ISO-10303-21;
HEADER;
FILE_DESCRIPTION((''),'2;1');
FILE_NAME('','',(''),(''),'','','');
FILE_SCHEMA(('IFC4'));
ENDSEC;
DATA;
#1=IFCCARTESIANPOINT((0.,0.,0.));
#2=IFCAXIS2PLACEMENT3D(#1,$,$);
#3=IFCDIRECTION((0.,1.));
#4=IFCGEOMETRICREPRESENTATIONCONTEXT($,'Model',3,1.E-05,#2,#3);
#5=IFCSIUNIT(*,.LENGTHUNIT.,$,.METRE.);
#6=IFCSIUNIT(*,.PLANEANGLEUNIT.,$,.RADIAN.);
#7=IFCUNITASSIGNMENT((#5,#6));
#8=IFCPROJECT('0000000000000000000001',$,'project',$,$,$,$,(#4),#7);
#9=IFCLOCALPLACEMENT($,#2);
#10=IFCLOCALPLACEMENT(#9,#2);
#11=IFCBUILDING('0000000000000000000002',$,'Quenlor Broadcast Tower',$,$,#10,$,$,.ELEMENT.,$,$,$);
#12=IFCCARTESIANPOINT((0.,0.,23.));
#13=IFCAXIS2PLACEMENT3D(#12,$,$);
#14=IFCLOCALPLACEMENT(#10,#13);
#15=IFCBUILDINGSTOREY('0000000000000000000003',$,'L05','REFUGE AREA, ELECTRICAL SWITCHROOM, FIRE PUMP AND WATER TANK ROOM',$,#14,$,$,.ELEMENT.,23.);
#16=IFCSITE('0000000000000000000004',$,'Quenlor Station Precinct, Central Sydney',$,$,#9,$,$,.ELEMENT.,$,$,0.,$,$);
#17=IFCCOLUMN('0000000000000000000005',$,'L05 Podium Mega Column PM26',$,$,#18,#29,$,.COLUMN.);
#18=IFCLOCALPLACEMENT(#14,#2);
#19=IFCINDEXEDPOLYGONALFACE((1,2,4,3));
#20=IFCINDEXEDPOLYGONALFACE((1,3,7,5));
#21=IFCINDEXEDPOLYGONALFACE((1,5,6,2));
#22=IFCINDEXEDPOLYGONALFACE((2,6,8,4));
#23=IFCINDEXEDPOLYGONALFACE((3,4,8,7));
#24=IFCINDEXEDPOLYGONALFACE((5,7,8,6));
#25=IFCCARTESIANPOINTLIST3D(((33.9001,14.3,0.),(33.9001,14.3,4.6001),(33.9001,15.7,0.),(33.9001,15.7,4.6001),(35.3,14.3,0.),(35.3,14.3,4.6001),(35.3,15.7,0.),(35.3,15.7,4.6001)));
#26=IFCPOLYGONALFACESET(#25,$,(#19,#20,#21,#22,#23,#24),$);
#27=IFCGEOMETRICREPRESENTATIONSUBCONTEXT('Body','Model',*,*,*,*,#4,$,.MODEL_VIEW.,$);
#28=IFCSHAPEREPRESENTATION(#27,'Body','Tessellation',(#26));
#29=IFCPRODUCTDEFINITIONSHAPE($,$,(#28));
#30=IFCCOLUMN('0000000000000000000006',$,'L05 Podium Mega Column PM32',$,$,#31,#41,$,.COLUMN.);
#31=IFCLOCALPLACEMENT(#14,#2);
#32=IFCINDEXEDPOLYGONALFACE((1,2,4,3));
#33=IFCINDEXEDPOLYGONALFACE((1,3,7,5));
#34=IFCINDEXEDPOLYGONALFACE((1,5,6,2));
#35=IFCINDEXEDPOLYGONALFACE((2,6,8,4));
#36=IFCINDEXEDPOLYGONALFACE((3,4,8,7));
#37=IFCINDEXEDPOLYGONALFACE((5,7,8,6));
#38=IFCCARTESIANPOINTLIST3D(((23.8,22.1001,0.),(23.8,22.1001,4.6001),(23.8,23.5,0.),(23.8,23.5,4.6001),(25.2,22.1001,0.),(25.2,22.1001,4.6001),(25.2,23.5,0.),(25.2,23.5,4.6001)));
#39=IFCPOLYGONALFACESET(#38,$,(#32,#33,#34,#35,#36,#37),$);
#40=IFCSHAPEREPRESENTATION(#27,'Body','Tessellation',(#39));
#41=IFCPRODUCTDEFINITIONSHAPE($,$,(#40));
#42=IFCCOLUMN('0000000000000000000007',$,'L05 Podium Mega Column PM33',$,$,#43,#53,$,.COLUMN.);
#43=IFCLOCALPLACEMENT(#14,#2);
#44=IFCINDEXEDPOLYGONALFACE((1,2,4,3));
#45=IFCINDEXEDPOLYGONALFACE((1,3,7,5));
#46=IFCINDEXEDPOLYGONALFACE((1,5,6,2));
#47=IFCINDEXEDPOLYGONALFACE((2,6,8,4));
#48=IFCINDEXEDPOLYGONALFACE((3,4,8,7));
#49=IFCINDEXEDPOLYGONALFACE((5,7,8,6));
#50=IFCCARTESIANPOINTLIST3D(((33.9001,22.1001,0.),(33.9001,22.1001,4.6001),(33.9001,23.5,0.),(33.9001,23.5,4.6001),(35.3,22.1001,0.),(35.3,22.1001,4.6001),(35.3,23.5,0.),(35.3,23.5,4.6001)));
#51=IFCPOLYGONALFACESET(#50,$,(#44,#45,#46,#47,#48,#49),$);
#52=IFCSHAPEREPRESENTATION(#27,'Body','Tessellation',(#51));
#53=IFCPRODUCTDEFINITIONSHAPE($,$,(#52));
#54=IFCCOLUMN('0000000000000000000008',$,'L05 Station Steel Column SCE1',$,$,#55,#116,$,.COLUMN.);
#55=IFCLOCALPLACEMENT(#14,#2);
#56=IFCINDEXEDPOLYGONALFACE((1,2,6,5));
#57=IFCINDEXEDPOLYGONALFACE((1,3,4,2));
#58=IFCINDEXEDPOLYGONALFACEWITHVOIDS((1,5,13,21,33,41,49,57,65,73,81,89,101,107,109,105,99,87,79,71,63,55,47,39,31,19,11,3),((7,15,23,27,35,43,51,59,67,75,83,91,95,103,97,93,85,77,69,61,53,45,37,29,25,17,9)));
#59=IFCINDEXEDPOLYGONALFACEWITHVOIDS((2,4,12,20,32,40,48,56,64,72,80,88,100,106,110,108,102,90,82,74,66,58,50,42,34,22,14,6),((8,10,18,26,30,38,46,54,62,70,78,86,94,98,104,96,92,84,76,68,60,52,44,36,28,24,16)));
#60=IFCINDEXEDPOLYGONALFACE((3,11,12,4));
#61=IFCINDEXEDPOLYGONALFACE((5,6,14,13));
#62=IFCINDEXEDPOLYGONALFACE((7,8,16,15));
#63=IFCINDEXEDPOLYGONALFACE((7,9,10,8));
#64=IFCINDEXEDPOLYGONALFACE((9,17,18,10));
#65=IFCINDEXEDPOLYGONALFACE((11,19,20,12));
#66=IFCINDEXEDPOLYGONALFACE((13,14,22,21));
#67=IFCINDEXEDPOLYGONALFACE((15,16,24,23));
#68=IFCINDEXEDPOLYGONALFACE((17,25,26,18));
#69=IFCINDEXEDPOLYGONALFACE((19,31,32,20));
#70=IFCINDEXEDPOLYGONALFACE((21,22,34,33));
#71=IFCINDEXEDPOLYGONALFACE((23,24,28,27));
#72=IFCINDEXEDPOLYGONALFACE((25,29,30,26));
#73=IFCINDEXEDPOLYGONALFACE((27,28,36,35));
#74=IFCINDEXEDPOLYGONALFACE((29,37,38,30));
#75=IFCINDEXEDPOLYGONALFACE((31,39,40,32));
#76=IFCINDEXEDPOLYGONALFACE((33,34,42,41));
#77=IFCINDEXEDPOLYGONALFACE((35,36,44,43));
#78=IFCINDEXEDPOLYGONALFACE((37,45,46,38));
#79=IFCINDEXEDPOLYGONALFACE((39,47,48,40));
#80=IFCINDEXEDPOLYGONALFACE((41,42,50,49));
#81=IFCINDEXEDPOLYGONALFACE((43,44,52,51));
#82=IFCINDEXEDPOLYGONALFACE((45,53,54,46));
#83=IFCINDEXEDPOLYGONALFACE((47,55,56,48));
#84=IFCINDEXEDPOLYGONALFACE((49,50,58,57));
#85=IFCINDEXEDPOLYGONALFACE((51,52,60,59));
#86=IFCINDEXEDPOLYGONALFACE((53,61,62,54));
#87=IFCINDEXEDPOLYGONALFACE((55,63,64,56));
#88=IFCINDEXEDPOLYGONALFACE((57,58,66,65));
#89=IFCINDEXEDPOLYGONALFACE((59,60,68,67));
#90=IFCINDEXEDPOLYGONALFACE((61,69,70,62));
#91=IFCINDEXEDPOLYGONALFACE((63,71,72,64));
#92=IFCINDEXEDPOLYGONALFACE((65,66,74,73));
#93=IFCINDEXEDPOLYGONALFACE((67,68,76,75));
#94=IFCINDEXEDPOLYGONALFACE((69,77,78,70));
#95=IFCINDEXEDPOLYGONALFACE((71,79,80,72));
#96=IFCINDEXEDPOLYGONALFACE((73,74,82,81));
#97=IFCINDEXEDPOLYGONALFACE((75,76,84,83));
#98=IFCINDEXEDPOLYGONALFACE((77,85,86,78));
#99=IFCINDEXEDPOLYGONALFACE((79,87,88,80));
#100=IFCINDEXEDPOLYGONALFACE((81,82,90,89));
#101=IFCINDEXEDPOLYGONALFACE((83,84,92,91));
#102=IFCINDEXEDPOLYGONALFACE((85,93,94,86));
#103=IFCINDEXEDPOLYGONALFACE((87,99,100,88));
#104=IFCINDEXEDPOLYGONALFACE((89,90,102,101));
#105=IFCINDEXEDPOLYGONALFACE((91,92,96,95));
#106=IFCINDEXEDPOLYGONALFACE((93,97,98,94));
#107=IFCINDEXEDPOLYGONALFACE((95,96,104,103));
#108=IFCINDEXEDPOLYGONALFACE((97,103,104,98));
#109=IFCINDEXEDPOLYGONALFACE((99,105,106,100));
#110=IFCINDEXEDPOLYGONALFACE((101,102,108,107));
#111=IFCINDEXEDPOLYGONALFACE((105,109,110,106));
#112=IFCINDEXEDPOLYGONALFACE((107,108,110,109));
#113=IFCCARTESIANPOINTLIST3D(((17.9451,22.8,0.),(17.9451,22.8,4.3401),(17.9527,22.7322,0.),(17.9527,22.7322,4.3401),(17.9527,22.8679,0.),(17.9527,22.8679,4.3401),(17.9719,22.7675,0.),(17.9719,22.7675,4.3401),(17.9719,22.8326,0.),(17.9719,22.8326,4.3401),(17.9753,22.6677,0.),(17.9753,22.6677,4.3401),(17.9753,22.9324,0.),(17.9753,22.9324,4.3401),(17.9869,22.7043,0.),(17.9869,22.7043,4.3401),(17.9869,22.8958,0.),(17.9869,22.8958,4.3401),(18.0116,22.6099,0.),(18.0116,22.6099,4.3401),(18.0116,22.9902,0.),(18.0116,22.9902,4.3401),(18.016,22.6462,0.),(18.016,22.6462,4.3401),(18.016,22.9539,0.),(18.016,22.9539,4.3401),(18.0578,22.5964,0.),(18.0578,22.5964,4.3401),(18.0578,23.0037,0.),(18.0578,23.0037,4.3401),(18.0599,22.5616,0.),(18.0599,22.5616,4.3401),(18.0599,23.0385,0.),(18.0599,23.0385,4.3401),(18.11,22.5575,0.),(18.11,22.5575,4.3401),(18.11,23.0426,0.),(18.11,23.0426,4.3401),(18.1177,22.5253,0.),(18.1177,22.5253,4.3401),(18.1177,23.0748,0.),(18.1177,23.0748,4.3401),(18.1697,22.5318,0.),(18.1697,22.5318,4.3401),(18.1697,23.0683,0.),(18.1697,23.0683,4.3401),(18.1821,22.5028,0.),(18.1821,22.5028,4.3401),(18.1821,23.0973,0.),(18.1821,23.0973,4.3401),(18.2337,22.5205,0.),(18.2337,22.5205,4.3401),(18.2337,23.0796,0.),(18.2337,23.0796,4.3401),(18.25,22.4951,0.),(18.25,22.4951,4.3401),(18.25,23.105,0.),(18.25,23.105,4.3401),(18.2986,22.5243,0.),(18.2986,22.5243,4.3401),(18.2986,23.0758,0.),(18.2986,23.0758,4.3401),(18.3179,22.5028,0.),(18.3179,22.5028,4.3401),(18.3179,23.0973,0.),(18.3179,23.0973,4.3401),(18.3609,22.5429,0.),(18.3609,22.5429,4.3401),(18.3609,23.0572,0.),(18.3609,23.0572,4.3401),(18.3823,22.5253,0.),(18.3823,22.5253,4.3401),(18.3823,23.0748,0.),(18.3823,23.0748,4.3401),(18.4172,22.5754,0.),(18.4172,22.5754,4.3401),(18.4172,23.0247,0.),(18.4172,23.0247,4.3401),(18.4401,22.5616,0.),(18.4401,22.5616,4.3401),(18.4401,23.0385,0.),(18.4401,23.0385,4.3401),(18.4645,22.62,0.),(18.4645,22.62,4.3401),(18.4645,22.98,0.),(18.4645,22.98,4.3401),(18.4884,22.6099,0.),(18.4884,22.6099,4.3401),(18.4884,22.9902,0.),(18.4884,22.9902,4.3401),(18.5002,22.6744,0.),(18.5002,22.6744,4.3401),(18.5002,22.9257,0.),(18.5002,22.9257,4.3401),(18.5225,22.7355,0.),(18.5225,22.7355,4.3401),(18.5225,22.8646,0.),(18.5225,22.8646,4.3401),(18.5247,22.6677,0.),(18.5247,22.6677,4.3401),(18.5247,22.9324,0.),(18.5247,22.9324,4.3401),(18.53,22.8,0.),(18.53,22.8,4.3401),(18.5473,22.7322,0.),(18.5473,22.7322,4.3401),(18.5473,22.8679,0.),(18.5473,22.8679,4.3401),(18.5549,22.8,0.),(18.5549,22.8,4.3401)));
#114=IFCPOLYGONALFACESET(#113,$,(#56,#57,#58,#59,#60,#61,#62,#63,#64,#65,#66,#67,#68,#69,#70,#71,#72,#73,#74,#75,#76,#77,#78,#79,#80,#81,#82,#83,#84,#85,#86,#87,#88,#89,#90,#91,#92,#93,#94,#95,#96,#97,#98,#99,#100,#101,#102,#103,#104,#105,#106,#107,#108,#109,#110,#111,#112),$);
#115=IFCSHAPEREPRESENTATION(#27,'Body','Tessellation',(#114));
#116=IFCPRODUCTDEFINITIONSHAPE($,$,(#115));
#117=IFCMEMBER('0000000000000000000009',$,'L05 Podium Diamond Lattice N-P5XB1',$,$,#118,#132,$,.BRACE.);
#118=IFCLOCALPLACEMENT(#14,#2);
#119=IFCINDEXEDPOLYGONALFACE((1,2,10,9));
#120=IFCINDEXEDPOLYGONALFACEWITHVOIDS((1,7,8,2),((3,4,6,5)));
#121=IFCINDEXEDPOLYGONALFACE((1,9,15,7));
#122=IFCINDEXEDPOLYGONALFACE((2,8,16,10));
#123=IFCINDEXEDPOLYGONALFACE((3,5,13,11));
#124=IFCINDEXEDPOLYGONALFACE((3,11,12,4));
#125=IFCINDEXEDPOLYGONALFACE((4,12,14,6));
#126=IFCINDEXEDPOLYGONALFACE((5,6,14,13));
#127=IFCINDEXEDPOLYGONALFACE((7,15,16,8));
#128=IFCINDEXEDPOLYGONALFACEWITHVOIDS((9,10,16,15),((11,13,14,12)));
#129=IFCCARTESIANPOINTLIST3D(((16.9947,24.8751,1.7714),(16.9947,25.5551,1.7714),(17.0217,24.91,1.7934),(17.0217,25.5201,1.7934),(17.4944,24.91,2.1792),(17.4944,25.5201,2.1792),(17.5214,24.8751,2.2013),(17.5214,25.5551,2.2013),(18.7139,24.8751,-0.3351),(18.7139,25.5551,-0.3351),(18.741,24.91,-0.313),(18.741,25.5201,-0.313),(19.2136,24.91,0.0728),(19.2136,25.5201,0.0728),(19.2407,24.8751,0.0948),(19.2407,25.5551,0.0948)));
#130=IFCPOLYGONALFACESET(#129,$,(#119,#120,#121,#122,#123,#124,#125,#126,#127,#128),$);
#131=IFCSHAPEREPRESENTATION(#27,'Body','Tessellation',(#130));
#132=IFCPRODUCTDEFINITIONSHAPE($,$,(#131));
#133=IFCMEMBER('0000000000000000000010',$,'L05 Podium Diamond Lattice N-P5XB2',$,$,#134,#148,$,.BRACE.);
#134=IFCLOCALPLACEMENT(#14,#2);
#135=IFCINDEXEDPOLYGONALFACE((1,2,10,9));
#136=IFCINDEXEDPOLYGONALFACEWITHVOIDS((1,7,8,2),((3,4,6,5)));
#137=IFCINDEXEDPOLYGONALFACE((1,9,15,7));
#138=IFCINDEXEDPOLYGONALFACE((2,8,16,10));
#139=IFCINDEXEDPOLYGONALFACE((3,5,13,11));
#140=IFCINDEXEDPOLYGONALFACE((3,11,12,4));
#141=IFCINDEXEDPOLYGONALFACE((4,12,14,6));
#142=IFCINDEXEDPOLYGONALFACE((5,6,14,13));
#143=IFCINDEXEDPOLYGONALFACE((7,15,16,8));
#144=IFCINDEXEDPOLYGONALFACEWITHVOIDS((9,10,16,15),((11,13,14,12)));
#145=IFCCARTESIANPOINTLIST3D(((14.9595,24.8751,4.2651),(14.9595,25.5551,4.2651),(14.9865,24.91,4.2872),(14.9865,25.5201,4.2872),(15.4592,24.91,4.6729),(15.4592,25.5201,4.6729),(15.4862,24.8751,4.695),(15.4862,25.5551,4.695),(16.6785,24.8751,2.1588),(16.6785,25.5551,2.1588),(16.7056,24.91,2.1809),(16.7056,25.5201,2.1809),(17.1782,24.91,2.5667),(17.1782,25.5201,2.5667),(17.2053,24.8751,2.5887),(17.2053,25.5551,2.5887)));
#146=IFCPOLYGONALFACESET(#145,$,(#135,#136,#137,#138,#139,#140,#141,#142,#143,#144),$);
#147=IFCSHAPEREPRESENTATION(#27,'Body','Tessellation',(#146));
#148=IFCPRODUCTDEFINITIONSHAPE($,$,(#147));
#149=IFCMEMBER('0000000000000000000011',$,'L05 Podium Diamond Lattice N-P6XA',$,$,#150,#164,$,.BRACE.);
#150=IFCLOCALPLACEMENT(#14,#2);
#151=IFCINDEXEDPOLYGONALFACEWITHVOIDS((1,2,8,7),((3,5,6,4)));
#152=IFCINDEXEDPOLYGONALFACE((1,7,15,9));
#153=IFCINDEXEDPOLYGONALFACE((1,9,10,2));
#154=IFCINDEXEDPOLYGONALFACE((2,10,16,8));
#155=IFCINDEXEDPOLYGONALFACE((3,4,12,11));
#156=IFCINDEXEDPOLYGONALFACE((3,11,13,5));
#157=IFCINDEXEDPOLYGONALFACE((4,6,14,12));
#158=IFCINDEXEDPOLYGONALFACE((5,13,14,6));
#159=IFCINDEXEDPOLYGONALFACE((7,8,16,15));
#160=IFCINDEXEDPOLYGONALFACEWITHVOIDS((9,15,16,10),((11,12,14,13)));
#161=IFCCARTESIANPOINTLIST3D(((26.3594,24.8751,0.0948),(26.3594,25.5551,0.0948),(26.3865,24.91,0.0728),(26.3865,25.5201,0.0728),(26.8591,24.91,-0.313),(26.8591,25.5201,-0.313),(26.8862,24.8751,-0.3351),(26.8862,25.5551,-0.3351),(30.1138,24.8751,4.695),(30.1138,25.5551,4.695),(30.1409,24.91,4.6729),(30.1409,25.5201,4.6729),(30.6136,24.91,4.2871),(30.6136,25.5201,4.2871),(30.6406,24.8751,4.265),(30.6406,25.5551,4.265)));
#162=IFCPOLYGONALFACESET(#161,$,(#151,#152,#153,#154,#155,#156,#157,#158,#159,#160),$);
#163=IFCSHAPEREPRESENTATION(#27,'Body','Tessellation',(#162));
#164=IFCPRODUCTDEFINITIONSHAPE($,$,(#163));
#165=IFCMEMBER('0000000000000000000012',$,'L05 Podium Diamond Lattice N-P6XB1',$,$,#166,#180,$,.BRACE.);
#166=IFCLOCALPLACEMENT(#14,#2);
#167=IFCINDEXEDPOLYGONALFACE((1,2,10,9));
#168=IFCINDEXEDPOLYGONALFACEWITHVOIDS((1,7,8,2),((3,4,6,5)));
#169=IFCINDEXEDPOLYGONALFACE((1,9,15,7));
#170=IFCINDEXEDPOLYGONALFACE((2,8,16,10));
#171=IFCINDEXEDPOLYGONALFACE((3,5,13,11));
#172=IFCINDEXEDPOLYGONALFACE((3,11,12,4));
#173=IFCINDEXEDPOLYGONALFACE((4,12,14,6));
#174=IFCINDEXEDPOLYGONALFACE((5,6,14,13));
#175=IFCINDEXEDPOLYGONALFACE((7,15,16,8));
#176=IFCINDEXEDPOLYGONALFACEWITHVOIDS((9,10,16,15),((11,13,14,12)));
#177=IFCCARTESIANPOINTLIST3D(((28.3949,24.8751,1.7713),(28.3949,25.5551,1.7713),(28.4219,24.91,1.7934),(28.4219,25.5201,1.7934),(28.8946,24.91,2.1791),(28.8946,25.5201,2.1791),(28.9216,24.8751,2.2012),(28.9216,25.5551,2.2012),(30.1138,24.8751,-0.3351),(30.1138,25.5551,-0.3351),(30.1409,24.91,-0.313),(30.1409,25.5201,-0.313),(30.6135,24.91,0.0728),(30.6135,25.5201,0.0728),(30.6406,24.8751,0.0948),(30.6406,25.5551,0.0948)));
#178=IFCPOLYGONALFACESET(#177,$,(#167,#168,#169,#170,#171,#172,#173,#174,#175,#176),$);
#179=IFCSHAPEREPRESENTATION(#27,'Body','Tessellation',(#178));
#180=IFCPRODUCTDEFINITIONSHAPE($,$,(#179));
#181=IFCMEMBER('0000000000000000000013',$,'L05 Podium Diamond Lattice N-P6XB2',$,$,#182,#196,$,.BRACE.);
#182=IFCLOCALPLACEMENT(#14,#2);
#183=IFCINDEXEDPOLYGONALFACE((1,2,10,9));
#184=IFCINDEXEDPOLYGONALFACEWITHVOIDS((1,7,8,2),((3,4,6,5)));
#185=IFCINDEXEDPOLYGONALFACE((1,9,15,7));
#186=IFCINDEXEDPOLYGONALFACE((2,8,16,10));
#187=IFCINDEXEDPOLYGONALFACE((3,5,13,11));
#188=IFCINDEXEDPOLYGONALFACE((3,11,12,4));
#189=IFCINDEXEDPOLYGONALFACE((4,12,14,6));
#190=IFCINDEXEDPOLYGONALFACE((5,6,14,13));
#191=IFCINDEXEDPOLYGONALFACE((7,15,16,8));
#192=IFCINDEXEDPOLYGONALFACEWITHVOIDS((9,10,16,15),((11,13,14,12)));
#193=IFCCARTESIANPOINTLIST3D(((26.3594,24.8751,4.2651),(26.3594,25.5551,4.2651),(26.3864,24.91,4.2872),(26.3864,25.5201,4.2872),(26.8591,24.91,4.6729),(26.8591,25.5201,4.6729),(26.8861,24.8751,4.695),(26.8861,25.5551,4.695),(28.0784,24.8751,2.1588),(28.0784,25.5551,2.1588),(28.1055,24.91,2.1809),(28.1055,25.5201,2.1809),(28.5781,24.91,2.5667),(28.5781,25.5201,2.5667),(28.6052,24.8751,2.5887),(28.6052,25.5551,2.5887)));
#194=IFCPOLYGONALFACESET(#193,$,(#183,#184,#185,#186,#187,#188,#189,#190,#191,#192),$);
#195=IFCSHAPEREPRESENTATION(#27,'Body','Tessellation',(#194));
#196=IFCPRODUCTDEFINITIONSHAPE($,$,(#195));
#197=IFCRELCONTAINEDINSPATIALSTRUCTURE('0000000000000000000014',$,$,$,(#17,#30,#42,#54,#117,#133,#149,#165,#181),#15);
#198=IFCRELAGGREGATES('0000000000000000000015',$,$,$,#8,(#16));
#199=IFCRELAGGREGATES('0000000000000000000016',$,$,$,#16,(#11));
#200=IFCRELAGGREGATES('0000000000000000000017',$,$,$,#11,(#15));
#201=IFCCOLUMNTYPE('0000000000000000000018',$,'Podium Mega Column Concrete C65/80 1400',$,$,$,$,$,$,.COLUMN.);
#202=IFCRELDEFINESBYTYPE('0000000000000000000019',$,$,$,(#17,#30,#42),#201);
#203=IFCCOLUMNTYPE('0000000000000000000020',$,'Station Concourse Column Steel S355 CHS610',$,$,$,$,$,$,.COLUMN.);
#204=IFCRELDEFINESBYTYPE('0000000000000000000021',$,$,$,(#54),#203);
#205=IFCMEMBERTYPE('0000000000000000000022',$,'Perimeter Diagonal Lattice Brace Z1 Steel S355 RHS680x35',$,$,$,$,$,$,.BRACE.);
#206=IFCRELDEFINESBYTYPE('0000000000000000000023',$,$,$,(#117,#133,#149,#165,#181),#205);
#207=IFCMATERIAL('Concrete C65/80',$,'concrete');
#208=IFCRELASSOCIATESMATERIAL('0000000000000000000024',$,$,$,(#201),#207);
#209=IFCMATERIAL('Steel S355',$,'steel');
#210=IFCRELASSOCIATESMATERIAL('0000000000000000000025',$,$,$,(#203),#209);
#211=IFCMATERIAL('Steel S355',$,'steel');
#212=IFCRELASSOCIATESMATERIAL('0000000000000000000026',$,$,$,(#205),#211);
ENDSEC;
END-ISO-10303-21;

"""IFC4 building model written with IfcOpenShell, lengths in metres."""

from ifc_helpers import new_model, si_unit, direction, frame, origin, origin_2d, place, context, subcontext, project, spatial, rectangle, hollow_rectangle, hollow_circle, extrude, material, material_profile, profile_set, type_object, element, save


model = new_model("IFC4")

# Units and contexts
model_context = context("Model", 3, precision=1e-05, world=origin(), true_north=direction((0.0, 1.0)))
body_context = subcontext(model_context, "Body", "Model", "MODEL_VIEW")
ifc_project = project(units=[si_unit("LENGTHUNIT", "METRE"), si_unit("PLANEANGLEUNIT", "RADIAN")], contexts=[model_context])

# Site, building, storey
site_placement = place(None, origin())
site = spatial("IfcSite", under=ifc_project, at=site_placement, Name="Quenlor Station Precinct, Central Sydney", CompositionType="ELEMENT", RefElevation=0.0)
building_placement = place(site_placement, origin())
building = spatial("IfcBuilding", under=site, at=building_placement, Name="Quenlor Broadcast Tower", CompositionType="ELEMENT")
storey_placement = place(building_placement, frame((0.0, 0.0, 23.0)))
storey = spatial("IfcBuildingStorey", under=building, at=storey_placement, Name="L05", Description="REFUGE AREA, ELECTRICAL SWITCHROOM, FIRE PUMP AND WATER TANK ROOM", CompositionType="ELEMENT", Elevation=23.0)

# Columns
ifc_material_1 = material(Name="Concrete C65/80", Category="concrete")
ifc_material_profile_1 = material_profile(ifc_material_1, rectangle(XDim=1.3999, YDim=1.3999, at=origin_2d()))
ifc_profile_set_1 = profile_set([ifc_material_profile_1], Name="Concrete C65/80 RC1400x1400")
column_type_1 = type_object("IfcColumnType", Name="Podium Mega Column Concrete C65/80 1400", PredefinedType="COLUMN", material=ifc_profile_set_1)
for number, where, z_axis, x_axis, name in (
    (1, (34.6001, 15.0, 0.0), (0.0, 0.0, 1.0), (1.0, 0.0, 0.0), "L05 Podium Mega Column PM26"),
    (2, (24.5, 22.8, 0.0), (0.0, 0.0, 1.0), (1.0, 0.0, 0.0), "L05 Podium Mega Column PM32"),
    (3, (34.6001, 22.8, 0.0), (0.0, 0.0, 1.0), (1.0, 0.0, 0.0), "L05 Podium Mega Column PM33"),
):
    element("IfcColumn", number, at=place(storey_placement, frame(where, z_axis=z_axis, x_axis=x_axis)), inside=storey, type_object=column_type_1, Name=name, PredefinedType="COLUMN", context=body_context, shape_type="SweptSolid", body=[
        extrude(rectangle(XDim=1.3999, YDim=1.3999, at=origin_2d()), origin(), (0.0, 0.0, 1.0), 4.6001),
    ])
ifc_material_2 = material(Name="Steel S355", Category="steel")
ifc_material_profile_2 = material_profile(ifc_material_2, hollow_circle(Radius=0.3049, WallThickness=0.0249, at=origin_2d()))
ifc_profile_set_2 = profile_set([ifc_material_profile_2], Name="Steel S355 CHS610x25")
column_type_2 = type_object("IfcColumnType", Name="Station Concourse Column Steel S355 CHS610", PredefinedType="COLUMN", material=ifc_profile_set_2)
column_placement = place(storey_placement, frame((18.25, 22.8, 0.0), z_axis=(0.0, 0.0, 1.0), x_axis=(1.0, 0.0, 0.0)))
element("IfcColumn", 4, at=column_placement, inside=storey, type_object=column_type_2, Name="L05 Station Steel Column SCE1", PredefinedType="COLUMN", context=body_context, shape_type="SweptSolid", body=[
    extrude(hollow_circle(Radius=0.3049, WallThickness=0.0249, at=origin_2d()), origin(), (0.0, 0.0, 1.0), 4.3401),
])

# Members
ifc_material_3 = material(Name="Steel S355", Category="steel")
ifc_material_profile_3 = material_profile(ifc_material_3, hollow_rectangle(XDim=0.6799, YDim=0.6799, WallThickness=0.0349, at=origin_2d()))
ifc_profile_set_3 = profile_set([ifc_material_profile_3], Name="Steel S355 RHS680x680x35")
member_type = type_object("IfcMemberType", Name="Perimeter Diagonal Lattice Brace Z1 Steel S355 RHS680x35", PredefinedType="BRACE", material=ifc_profile_set_3)
member_1_placement = place(storey_placement, frame((18.9773, 25.2151, -0.1201), z_axis=(-0.632308, 0.0, 0.774717), x_axis=(0.0, -1.0, 0.0)))
element("IfcMember", 5, at=member_1_placement, inside=storey, type_object=member_type, Name="L05 Podium Diamond Lattice N-P5XB1", PredefinedType="BRACE", context=body_context, shape_type="SweptSolid", body=[
    extrude(hollow_rectangle(XDim=0.6799, YDim=0.6799, WallThickness=0.0349, at=origin_2d()), origin(), (0.0, 0.0, 1.0), 2.719),
])
member_2_placement = place(storey_placement, frame((16.9419, 25.2151, 2.3738), z_axis=(-0.632298, 0.0, 0.774725), x_axis=(0.0, -1.0, 0.0)))
element("IfcMember", 6, at=member_2_placement, inside=storey, type_object=member_type, Name="L05 Podium Diamond Lattice N-P5XB2", PredefinedType="BRACE", context=body_context, shape_type="SweptSolid", body=[
    extrude(hollow_rectangle(XDim=0.6799, YDim=0.6799, WallThickness=0.0349, at=origin_2d()), origin(), (0.0, 0.0, 1.0), 2.7188),
])
member_3_placement = place(storey_placement, frame((26.6228, 25.2151, -0.1201), z_axis=(0.632297, 0.0, 0.774726), x_axis=(0.0, 1.0, 0.0)))
element("IfcMember", 7, at=member_3_placement, inside=storey, type_object=member_type, Name="L05 Podium Diamond Lattice N-P6XA", PredefinedType="BRACE", context=body_context, shape_type="SweptSolid", body=[
    extrude(hollow_rectangle(XDim=0.6799, YDim=0.6799, WallThickness=0.0349, at=origin_2d()), origin(), (0.0, 0.0, 1.0), 5.9377),
])
for number, where, z_axis, x_axis, name in (
    (8, (30.3772, 25.2151, -0.1201), (-0.632254, 0.0, 0.774761), (0.0, -1.0, 0.0), "L05 Podium Diamond Lattice N-P6XB1"),
    (9, (28.3418, 25.2151, 2.3738), (-0.632298, 0.0, 0.774725), (0.0, -1.0, 0.0), "L05 Podium Diamond Lattice N-P6XB2"),
):
    element("IfcMember", number, at=place(storey_placement, frame(where, z_axis=z_axis, x_axis=x_axis)), inside=storey, type_object=member_type, Name=name, PredefinedType="BRACE", context=body_context, shape_type="SweptSolid", body=[
        extrude(hollow_rectangle(XDim=0.6799, YDim=0.6799, WallThickness=0.0349, at=origin_2d()), origin(), (0.0, 0.0, 1.0), 2.7188),
    ])

save(model, "model.ifc")
